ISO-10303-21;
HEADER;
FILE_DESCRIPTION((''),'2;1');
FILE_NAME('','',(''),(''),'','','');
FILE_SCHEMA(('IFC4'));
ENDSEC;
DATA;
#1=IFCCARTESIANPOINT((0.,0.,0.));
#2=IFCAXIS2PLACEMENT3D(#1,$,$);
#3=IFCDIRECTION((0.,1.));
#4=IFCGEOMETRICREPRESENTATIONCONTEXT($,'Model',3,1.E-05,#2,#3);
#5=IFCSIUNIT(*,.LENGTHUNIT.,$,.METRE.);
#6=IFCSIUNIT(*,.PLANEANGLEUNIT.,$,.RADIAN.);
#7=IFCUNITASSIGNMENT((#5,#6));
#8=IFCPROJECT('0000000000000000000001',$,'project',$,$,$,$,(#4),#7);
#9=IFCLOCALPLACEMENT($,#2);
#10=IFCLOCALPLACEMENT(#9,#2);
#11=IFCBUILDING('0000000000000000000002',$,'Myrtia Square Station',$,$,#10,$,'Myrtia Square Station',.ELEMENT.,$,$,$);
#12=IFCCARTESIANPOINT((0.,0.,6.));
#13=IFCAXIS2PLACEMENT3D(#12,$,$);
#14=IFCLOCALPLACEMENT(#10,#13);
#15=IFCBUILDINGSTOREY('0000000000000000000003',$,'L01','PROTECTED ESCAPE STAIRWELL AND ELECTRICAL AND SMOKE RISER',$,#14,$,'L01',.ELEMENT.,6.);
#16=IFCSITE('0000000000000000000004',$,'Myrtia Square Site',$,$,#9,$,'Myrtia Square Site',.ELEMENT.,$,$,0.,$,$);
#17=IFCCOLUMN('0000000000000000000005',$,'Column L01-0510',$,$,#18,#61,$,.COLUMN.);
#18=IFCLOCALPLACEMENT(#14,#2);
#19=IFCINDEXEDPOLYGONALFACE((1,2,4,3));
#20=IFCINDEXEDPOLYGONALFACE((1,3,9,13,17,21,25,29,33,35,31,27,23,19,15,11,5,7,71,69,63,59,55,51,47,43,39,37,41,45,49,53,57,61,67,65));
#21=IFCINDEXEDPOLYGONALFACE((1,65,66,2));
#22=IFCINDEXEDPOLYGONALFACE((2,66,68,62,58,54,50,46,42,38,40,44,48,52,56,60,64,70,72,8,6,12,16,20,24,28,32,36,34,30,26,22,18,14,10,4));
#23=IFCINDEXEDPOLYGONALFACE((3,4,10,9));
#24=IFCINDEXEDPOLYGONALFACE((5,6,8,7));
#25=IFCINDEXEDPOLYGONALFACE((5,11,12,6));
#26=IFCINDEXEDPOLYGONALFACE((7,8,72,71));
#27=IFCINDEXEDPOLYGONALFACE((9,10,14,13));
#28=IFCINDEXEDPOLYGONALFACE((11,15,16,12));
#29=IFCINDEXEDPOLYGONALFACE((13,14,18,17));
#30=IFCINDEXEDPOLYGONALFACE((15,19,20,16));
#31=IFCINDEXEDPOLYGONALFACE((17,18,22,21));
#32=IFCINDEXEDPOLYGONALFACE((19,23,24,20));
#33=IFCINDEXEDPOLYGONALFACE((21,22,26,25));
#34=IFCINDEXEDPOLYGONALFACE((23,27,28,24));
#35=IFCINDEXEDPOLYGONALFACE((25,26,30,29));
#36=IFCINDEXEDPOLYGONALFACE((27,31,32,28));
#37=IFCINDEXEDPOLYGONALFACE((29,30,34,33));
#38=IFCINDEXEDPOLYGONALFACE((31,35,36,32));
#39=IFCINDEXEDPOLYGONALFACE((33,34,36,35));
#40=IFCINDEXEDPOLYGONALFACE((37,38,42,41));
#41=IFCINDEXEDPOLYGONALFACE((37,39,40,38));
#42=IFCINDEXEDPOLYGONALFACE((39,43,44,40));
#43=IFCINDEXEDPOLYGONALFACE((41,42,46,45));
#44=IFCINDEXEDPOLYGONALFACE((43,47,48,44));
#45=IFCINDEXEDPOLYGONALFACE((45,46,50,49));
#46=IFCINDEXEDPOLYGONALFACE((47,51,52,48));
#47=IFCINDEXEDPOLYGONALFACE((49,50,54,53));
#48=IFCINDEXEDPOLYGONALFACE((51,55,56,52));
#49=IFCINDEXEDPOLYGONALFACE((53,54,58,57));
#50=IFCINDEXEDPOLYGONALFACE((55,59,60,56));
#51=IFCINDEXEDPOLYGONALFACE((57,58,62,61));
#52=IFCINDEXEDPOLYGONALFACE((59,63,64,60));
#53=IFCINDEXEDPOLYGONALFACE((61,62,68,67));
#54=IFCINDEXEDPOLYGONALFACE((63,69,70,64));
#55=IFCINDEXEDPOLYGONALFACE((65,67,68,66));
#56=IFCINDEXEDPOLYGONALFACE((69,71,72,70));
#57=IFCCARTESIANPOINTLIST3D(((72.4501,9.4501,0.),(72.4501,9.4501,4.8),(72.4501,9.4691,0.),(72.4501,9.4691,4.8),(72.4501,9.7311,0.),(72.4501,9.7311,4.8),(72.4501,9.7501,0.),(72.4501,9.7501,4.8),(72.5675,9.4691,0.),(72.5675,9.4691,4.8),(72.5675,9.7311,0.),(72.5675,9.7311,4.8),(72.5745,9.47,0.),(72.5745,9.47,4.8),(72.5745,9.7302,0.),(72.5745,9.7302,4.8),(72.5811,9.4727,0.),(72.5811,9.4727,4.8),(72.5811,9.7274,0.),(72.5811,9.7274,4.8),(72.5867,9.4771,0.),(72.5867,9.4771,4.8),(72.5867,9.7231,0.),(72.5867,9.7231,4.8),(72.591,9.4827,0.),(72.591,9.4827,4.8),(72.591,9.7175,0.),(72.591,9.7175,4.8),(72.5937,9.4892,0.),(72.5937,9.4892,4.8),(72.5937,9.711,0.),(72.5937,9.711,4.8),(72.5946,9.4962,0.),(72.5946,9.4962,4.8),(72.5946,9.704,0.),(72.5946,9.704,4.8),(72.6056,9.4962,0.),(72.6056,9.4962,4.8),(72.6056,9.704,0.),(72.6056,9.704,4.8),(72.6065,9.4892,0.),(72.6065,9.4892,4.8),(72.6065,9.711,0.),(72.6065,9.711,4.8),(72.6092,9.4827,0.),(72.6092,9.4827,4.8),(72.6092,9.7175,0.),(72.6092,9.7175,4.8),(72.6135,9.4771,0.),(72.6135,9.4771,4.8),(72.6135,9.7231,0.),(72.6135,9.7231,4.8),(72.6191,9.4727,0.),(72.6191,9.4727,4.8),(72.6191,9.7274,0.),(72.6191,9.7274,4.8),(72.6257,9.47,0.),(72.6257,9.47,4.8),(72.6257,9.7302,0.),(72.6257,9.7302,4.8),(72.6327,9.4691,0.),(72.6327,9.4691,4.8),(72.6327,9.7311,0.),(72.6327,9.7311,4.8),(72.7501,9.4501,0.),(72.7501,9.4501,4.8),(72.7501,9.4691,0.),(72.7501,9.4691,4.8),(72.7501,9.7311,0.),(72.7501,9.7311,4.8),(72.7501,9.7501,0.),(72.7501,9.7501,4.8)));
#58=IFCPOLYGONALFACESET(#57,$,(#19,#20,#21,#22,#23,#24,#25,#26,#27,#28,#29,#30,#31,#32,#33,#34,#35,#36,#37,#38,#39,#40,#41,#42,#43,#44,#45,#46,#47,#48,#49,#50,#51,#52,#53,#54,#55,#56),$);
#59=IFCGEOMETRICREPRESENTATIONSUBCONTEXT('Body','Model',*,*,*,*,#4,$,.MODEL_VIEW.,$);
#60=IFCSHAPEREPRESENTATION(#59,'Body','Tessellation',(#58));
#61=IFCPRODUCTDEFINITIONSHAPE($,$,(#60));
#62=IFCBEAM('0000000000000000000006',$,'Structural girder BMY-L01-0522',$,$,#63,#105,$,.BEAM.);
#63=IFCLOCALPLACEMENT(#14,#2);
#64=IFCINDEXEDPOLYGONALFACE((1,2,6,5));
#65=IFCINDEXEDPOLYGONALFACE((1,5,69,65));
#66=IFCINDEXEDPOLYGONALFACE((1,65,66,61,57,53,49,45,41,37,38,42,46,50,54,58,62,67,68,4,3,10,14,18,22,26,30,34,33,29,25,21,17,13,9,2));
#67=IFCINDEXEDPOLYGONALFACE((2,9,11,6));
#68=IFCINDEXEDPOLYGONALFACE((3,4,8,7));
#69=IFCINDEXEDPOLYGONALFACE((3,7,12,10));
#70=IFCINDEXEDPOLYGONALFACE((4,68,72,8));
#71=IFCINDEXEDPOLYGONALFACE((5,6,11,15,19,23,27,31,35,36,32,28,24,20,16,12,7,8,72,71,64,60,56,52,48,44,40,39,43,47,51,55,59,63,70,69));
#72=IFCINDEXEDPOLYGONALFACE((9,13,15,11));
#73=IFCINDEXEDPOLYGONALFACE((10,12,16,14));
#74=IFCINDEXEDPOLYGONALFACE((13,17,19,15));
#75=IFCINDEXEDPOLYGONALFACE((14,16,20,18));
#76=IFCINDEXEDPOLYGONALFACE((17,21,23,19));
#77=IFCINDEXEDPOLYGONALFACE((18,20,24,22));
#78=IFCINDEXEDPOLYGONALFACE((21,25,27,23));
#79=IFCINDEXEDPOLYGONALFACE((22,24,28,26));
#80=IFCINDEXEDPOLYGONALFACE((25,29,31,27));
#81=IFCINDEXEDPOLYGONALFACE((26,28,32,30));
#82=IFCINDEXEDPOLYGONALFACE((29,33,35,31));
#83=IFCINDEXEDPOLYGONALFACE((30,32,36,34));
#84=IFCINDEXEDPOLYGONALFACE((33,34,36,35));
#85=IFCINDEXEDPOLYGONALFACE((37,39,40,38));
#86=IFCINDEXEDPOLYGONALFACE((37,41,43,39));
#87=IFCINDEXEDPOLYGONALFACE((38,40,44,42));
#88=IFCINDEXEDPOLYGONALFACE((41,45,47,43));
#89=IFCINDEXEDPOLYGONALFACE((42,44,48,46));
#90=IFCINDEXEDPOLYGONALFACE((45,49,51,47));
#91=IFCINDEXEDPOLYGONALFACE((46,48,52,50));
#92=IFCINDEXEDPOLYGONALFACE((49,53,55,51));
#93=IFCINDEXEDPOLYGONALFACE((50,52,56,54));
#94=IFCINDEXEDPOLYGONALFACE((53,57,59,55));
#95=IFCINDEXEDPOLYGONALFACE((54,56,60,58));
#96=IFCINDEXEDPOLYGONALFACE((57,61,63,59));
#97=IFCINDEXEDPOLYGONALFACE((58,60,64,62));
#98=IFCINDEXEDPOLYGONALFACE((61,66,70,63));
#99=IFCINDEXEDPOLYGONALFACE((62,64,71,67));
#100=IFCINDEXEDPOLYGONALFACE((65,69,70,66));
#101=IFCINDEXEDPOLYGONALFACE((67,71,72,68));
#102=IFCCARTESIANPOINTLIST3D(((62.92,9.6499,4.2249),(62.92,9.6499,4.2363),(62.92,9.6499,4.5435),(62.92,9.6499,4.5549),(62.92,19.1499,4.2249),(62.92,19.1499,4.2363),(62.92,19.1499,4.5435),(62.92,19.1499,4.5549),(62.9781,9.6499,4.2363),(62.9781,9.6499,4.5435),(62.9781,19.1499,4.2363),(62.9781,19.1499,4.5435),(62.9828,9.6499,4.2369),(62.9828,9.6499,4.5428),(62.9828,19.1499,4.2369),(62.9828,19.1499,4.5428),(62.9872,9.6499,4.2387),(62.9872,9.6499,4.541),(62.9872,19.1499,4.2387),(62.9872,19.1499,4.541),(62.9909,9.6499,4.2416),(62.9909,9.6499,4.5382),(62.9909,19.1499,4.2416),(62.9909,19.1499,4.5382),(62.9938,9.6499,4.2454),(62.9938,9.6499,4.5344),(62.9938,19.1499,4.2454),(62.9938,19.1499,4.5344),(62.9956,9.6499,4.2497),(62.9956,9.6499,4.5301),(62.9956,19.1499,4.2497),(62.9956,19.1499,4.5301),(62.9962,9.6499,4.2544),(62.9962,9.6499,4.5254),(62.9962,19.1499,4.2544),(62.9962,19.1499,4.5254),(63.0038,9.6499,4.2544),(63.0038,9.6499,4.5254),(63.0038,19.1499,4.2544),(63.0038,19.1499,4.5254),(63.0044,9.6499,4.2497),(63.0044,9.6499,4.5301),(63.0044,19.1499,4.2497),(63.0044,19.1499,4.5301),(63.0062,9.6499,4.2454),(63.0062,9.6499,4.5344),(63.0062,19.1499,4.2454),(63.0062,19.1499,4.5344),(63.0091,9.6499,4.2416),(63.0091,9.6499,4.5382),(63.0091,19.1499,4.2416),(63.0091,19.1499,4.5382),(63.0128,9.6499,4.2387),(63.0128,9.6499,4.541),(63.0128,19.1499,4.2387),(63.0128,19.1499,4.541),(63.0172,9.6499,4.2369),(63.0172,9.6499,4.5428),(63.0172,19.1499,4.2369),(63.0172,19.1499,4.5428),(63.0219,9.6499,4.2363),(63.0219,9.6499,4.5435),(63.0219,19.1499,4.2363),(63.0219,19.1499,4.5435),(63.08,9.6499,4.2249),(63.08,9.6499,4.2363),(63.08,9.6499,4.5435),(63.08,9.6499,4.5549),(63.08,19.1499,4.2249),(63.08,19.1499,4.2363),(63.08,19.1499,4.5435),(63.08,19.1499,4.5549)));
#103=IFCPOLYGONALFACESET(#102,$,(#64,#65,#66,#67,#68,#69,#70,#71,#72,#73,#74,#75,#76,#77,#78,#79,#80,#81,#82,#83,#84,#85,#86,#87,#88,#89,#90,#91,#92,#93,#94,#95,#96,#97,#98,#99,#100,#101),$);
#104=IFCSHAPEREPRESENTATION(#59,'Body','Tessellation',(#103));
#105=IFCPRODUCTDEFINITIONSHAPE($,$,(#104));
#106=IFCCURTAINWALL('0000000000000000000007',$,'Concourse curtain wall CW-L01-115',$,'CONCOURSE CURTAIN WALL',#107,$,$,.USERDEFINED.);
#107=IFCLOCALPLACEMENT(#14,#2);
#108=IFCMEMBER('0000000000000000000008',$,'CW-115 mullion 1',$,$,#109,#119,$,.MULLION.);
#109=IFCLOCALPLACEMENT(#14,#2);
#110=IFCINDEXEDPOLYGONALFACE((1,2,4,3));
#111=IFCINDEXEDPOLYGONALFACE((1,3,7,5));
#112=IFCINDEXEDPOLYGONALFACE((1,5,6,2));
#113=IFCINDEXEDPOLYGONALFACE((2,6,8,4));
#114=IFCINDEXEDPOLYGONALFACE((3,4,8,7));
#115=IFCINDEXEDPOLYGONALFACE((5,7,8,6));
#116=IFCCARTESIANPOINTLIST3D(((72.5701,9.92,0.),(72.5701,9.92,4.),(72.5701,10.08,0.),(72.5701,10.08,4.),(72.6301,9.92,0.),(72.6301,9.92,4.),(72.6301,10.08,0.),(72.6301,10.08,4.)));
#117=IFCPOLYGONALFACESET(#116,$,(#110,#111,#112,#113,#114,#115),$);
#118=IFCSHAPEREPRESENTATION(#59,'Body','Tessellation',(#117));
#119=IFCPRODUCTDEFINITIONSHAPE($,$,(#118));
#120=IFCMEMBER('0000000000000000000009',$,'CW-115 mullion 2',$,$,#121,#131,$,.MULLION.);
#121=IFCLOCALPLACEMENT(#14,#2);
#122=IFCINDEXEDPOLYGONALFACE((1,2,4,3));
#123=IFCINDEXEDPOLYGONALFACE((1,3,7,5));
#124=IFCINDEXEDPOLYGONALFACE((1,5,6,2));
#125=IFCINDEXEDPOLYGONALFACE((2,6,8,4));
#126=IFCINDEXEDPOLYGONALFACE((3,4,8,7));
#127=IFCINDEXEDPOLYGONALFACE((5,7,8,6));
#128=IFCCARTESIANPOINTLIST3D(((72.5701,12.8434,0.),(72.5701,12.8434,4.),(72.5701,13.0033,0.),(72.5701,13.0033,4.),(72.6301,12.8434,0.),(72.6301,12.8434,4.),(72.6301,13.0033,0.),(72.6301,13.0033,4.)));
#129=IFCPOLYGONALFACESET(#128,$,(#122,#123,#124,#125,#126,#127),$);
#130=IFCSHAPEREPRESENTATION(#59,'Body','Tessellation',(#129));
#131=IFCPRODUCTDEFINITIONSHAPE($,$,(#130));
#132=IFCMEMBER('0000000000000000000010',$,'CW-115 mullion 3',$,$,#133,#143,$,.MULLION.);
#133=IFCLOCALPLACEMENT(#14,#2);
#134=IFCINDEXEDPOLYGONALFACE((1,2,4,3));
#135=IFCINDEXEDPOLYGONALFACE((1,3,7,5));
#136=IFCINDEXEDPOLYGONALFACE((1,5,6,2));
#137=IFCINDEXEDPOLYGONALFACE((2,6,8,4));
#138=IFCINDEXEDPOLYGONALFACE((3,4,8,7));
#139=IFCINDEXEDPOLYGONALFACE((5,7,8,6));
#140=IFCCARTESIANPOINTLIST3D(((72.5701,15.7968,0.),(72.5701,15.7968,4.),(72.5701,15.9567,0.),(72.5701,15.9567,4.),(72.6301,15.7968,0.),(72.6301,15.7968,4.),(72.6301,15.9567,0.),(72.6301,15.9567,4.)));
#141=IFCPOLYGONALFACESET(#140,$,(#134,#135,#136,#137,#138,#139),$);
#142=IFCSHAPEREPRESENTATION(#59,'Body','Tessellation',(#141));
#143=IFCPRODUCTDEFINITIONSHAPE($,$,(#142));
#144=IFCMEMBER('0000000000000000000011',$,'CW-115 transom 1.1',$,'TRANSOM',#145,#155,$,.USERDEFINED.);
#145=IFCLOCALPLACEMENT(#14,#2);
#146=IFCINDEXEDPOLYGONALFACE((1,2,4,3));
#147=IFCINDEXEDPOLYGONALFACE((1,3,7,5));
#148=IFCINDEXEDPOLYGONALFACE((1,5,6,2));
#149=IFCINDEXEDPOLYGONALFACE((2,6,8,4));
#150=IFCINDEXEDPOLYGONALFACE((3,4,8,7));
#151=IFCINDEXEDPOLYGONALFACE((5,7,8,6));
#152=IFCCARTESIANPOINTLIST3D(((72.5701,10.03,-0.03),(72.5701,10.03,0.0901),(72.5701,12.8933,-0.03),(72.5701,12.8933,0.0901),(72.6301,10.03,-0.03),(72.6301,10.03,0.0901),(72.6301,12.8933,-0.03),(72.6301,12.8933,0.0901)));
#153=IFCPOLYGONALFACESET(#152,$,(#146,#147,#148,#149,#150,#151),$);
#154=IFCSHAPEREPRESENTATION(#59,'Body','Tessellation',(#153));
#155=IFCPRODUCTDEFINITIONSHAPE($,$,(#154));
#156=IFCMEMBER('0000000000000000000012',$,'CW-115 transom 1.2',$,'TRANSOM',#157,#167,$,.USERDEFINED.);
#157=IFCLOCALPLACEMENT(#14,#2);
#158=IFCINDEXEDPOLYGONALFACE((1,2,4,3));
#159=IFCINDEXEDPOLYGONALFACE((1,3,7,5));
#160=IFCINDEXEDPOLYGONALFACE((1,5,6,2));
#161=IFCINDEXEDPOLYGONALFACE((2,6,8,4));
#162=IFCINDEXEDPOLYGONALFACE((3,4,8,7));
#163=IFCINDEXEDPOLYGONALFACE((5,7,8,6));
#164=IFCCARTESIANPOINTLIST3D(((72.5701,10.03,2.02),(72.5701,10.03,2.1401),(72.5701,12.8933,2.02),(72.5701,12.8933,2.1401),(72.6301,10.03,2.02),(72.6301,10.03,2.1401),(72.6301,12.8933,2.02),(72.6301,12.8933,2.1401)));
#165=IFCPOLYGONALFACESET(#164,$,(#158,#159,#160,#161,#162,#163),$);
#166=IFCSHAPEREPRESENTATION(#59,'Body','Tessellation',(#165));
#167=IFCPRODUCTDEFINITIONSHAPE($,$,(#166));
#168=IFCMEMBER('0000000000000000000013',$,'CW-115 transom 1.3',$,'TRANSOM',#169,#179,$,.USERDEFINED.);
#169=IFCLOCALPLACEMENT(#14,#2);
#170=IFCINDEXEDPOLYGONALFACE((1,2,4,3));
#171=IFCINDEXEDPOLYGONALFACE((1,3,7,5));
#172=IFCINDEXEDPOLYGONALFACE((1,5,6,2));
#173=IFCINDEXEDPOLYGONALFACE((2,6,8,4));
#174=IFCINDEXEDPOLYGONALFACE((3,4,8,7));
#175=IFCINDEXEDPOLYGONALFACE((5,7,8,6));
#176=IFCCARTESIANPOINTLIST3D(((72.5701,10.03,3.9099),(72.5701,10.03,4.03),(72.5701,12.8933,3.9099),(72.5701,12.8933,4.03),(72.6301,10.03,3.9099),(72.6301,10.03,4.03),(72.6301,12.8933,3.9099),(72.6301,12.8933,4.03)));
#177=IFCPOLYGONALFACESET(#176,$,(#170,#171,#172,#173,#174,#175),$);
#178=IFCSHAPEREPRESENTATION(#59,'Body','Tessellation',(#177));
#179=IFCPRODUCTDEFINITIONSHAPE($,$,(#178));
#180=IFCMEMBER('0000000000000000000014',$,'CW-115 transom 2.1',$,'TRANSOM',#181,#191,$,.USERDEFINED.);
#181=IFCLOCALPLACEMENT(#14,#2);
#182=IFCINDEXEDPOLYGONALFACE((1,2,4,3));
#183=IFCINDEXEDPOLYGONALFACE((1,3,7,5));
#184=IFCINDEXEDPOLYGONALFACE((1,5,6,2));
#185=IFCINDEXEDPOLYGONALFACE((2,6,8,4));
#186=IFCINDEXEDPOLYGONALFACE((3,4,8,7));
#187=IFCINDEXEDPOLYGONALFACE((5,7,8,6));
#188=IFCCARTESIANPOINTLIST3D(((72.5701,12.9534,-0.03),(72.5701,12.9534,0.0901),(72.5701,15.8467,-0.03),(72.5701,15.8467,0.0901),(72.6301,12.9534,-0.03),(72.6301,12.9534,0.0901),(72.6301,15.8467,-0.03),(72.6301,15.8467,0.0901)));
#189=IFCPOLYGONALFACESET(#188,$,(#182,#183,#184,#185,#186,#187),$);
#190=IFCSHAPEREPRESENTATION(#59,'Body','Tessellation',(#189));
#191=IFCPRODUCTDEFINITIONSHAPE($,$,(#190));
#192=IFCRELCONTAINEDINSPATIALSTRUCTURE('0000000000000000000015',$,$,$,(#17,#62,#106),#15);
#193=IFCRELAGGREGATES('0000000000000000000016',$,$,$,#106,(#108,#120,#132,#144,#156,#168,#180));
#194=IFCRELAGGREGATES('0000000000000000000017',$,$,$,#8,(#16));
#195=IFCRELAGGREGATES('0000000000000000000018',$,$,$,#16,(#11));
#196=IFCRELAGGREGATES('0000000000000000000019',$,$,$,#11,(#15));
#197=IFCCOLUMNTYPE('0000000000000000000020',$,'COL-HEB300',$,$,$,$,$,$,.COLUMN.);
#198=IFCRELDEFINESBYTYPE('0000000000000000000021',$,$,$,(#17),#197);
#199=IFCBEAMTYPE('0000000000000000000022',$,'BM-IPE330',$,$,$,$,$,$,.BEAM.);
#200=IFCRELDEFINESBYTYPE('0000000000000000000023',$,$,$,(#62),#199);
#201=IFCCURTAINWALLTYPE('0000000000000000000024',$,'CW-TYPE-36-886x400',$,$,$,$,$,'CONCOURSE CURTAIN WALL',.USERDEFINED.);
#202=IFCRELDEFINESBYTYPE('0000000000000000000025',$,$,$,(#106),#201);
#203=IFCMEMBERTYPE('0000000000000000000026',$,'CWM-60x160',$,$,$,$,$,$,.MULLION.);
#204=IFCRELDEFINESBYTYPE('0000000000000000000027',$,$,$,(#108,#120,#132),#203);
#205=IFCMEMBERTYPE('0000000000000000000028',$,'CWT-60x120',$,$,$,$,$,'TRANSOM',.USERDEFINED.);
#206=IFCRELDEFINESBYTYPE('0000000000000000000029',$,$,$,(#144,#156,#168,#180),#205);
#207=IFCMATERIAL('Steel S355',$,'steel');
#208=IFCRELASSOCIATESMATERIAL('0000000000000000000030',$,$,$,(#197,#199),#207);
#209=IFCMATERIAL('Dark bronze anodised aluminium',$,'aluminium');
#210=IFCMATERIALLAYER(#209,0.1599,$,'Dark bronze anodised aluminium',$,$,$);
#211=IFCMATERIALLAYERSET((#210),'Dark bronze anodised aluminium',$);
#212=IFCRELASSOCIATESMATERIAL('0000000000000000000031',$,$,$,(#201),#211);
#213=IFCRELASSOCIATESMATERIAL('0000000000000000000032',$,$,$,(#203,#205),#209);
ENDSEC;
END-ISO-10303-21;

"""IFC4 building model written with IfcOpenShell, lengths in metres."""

from ifc_helpers import new_model, si_unit, direction, frame, origin, origin_2d, place, context, subcontext, project, spatial, rectangle, i_section, extrude, material, layer, layer_set, material_profile, profile_set, type_object, element, aggregate, save


model = new_model("IFC4")

# Units and contexts
model_context = context("Model", 3, precision=1e-05, world=origin(), true_north=direction((0.0, 1.0)))
body_context = subcontext(model_context, "Body", "Model", "MODEL_VIEW")
ifc_project = project(units=[si_unit("LENGTHUNIT", "METRE"), si_unit("PLANEANGLEUNIT", "RADIAN")], contexts=[model_context])

# Site, building, storey
site_placement = place(None, origin())
site = spatial("IfcSite", under=ifc_project, at=site_placement, Name="Myrtia Square Site", LongName="Myrtia Square Site", CompositionType="ELEMENT", RefElevation=0.0)
building_placement = place(site_placement, origin())
building = spatial("IfcBuilding", under=site, at=building_placement, Name="Myrtia Square Station", LongName="Myrtia Square Station", CompositionType="ELEMENT")
storey_placement = place(building_placement, frame((0.0, 0.0, 6.0)))
storey = spatial("IfcBuildingStorey", under=building, at=storey_placement, Name="L01", Description="PROTECTED ESCAPE STAIRWELL AND ELECTRICAL AND SMOKE RISER", LongName="L01", CompositionType="ELEMENT", Elevation=6.0)

# Column
ifc_material_1 = material(Name="Steel S355", Category="steel")
ifc_material_profile_1 = material_profile(ifc_material_1, i_section(OverallWidth=0.3, OverallDepth=0.3, WebThickness=0.011, FlangeThickness=0.019, FilletRadius=0.0271, at=origin_2d()), Name="HEB 300")
ifc_profile_set_1 = profile_set([ifc_material_profile_1], Name="Steel S355")
column_type = type_object("IfcColumnType", Name="COL-HEB300", PredefinedType="COLUMN", material=ifc_profile_set_1)
column_placement = place(storey_placement, frame((72.6001, 9.6001, 0.0), z_axis=(0.0, 0.0, 1.0), x_axis=(1.0, 0.0, 0.0)))
element("IfcColumn", 1, at=column_placement, inside=storey, type_object=column_type, Name="Column L01-0510", PredefinedType="COLUMN", context=body_context, shape_type="SweptSolid", body=[
    extrude(i_section(OverallWidth=0.3, OverallDepth=0.3, WebThickness=0.011, FlangeThickness=0.019, FilletRadius=0.0271, at=origin_2d()), origin(), (0.0, 0.0, 1.0), 4.8),
])

# Beam
ifc_material_profile_2 = material_profile(ifc_material_1, i_section(OverallWidth=0.1599, OverallDepth=0.3301, WebThickness=0.0076, FlangeThickness=0.0115, FilletRadius=0.0181, at=origin_2d()), Name="IPE 330")
ifc_profile_set_2 = profile_set([ifc_material_profile_2], Name="Steel S355")
beam_type_1 = type_object("IfcBeamType", Name="BM-IPE330", PredefinedType="BEAM", material=ifc_profile_set_2)
beam_1_placement = place(storey_placement, frame((63.0, 9.6499, 4.3899), z_axis=(0.0, 1.0, 0.0), x_axis=(-1.0, 0.0, 0.0)))
element("IfcBeam", 2, at=beam_1_placement, inside=storey, type_object=beam_type_1, Name="Structural girder BMY-L01-0522", PredefinedType="BEAM", context=body_context, shape_type="SweptSolid", body=[
    extrude(i_section(OverallWidth=0.1599, OverallDepth=0.3301, WebThickness=0.0076, FlangeThickness=0.0115, FilletRadius=0.0181, at=origin_2d()), origin(), (0.0, 0.0, 1.0), 9.5),
])

# Curtain wall, members
ifc_material_2 = material(Name="Dark bronze anodised aluminium", Category="aluminium")
ifc_layer_1 = layer(ifc_material_2, 0.1599, Name="Dark bronze anodised aluminium")
ifc_layer_set_1 = layer_set([ifc_layer_1], Name="Dark bronze anodised aluminium")
curtain_wall_type = type_object("IfcCurtainWallType", Name="CW-TYPE-36-886x400", ElementType="CONCOURSE CURTAIN WALL", PredefinedType="USERDEFINED", material=ifc_layer_set_1)
curtain_wall_placement = place(storey_placement, origin())
curtain_wall = element("IfcCurtainWall", 3, at=curtain_wall_placement, inside=storey, type_object=curtain_wall_type, Name="Concourse curtain wall CW-L01-115", ObjectType="CONCOURSE CURTAIN WALL", PredefinedType="USERDEFINED")
ifc_material_profile_3 = material_profile(ifc_material_2, rectangle(XDim=0.0601, YDim=0.1599, at=origin_2d()), Name="ALU-M 60x160")
ifc_profile_set_3 = profile_set([ifc_material_profile_3], Name="Dark bronze anodised aluminium")
member_type_1 = type_object("IfcMemberType", Name="CWM-60x160", PredefinedType="MULLION", material=ifc_profile_set_3)
member_1_placement = place(storey_placement, frame((72.6001, 10.0, 0.0), z_axis=(0.0, 0.0, 1.0), x_axis=(-1.0, 0.0, 0.0)))
member_1 = element("IfcMember", 4, at=member_1_placement, type_object=member_type_1, Name="CW-115 mullion 1", PredefinedType="MULLION", context=body_context, shape_type="SweptSolid", body=[
    extrude(rectangle(XDim=0.0601, YDim=0.1599, at=origin_2d()), origin(), (0.0, 0.0, 1.0), 4.0),
])
member_2_placement = place(storey_placement, frame((72.6001, 12.9233, 0.0), z_axis=(0.0, 0.0, 1.0), x_axis=(-1.0, 0.0, 0.0)))
member_2 = element("IfcMember", 5, at=member_2_placement, type_object=member_type_1, Name="CW-115 mullion 2", PredefinedType="MULLION", context=body_context, shape_type="SweptSolid", body=[
    extrude(rectangle(XDim=0.0601, YDim=0.1599, at=origin_2d()), origin(), (0.0, 0.0, 1.0), 4.0),
])
member_3_placement = place(storey_placement, frame((72.6001, 15.8767, 0.0), z_axis=(0.0, 0.0, 1.0), x_axis=(-1.0, 0.0, 0.0)))
member_3 = element("IfcMember", 6, at=member_3_placement, type_object=member_type_1, Name="CW-115 mullion 3", PredefinedType="MULLION", context=body_context, shape_type="SweptSolid", body=[
    extrude(rectangle(XDim=0.0601, YDim=0.1599, at=origin_2d()), origin(), (0.0, 0.0, 1.0), 4.0),
])
ifc_material_profile_4 = material_profile(ifc_material_2, rectangle(XDim=0.0601, YDim=0.1201, at=origin_2d()), Name="ALU-T 60x120")
ifc_profile_set_4 = profile_set([ifc_material_profile_4], Name="Dark bronze anodised aluminium")
member_type_2 = type_object("IfcMemberType", Name="CWT-60x120", ElementType="TRANSOM", PredefinedType="USERDEFINED", material=ifc_profile_set_4)
member_4_placement = place(storey_placement, frame((72.6001, 10.03, 0.03), z_axis=(0.0, 1.0, 0.0), x_axis=(-1.0, 0.0, 0.0)))
member_4 = element("IfcMember", 7, at=member_4_placement, type_object=member_type_2, Name="CW-115 transom 1.1", ObjectType="TRANSOM", PredefinedType="USERDEFINED", context=body_context, shape_type="SweptSolid", body=[
    extrude(rectangle(XDim=0.0601, YDim=0.1201, at=origin_2d()), origin(), (0.0, 0.0, 1.0), 2.8633),
])
member_5_placement = place(storey_placement, frame((72.6001, 10.03, 2.0801), z_axis=(0.0, 1.0, 0.0), x_axis=(-1.0, 0.0, 0.0)))
member_5 = element("IfcMember", 8, at=member_5_placement, type_object=member_type_2, Name="CW-115 transom 1.2", ObjectType="TRANSOM", PredefinedType="USERDEFINED", context=body_context, shape_type="SweptSolid", body=[
    extrude(rectangle(XDim=0.0601, YDim=0.1201, at=origin_2d()), origin(), (0.0, 0.0, 1.0), 2.8633),
])
member_6_placement = place(storey_placement, frame((72.6001, 10.03, 3.97), z_axis=(0.0, 1.0, 0.0), x_axis=(-1.0, 0.0, 0.0)))
member_6 = element("IfcMember", 9, at=member_6_placement, type_object=member_type_2, Name="CW-115 transom 1.3", ObjectType="TRANSOM", PredefinedType="USERDEFINED", context=body_context, shape_type="SweptSolid", body=[
    extrude(rectangle(XDim=0.0601, YDim=0.1201, at=origin_2d()), origin(), (0.0, 0.0, 1.0), 2.8633),
])
member_7_placement = place(storey_placement, frame((72.6001, 12.9534, 0.03), z_axis=(0.0, 1.0, 0.0), x_axis=(-1.0, 0.0, 0.0)))
member_7 = element("IfcMember", 10, at=member_7_placement, type_object=member_type_2, Name="CW-115 transom 2.1", ObjectType="TRANSOM", PredefinedType="USERDEFINED", context=body_context, shape_type="SweptSolid", body=[
    extrude(rectangle(XDim=0.0601, YDim=0.1201, at=origin_2d()), origin(), (0.0, 0.0, 1.0), 2.8933),
])

aggregate(curtain_wall, [member_1, member_2, member_3, member_4, member_5, member_6, member_7])

save(model, "model.ifc")
